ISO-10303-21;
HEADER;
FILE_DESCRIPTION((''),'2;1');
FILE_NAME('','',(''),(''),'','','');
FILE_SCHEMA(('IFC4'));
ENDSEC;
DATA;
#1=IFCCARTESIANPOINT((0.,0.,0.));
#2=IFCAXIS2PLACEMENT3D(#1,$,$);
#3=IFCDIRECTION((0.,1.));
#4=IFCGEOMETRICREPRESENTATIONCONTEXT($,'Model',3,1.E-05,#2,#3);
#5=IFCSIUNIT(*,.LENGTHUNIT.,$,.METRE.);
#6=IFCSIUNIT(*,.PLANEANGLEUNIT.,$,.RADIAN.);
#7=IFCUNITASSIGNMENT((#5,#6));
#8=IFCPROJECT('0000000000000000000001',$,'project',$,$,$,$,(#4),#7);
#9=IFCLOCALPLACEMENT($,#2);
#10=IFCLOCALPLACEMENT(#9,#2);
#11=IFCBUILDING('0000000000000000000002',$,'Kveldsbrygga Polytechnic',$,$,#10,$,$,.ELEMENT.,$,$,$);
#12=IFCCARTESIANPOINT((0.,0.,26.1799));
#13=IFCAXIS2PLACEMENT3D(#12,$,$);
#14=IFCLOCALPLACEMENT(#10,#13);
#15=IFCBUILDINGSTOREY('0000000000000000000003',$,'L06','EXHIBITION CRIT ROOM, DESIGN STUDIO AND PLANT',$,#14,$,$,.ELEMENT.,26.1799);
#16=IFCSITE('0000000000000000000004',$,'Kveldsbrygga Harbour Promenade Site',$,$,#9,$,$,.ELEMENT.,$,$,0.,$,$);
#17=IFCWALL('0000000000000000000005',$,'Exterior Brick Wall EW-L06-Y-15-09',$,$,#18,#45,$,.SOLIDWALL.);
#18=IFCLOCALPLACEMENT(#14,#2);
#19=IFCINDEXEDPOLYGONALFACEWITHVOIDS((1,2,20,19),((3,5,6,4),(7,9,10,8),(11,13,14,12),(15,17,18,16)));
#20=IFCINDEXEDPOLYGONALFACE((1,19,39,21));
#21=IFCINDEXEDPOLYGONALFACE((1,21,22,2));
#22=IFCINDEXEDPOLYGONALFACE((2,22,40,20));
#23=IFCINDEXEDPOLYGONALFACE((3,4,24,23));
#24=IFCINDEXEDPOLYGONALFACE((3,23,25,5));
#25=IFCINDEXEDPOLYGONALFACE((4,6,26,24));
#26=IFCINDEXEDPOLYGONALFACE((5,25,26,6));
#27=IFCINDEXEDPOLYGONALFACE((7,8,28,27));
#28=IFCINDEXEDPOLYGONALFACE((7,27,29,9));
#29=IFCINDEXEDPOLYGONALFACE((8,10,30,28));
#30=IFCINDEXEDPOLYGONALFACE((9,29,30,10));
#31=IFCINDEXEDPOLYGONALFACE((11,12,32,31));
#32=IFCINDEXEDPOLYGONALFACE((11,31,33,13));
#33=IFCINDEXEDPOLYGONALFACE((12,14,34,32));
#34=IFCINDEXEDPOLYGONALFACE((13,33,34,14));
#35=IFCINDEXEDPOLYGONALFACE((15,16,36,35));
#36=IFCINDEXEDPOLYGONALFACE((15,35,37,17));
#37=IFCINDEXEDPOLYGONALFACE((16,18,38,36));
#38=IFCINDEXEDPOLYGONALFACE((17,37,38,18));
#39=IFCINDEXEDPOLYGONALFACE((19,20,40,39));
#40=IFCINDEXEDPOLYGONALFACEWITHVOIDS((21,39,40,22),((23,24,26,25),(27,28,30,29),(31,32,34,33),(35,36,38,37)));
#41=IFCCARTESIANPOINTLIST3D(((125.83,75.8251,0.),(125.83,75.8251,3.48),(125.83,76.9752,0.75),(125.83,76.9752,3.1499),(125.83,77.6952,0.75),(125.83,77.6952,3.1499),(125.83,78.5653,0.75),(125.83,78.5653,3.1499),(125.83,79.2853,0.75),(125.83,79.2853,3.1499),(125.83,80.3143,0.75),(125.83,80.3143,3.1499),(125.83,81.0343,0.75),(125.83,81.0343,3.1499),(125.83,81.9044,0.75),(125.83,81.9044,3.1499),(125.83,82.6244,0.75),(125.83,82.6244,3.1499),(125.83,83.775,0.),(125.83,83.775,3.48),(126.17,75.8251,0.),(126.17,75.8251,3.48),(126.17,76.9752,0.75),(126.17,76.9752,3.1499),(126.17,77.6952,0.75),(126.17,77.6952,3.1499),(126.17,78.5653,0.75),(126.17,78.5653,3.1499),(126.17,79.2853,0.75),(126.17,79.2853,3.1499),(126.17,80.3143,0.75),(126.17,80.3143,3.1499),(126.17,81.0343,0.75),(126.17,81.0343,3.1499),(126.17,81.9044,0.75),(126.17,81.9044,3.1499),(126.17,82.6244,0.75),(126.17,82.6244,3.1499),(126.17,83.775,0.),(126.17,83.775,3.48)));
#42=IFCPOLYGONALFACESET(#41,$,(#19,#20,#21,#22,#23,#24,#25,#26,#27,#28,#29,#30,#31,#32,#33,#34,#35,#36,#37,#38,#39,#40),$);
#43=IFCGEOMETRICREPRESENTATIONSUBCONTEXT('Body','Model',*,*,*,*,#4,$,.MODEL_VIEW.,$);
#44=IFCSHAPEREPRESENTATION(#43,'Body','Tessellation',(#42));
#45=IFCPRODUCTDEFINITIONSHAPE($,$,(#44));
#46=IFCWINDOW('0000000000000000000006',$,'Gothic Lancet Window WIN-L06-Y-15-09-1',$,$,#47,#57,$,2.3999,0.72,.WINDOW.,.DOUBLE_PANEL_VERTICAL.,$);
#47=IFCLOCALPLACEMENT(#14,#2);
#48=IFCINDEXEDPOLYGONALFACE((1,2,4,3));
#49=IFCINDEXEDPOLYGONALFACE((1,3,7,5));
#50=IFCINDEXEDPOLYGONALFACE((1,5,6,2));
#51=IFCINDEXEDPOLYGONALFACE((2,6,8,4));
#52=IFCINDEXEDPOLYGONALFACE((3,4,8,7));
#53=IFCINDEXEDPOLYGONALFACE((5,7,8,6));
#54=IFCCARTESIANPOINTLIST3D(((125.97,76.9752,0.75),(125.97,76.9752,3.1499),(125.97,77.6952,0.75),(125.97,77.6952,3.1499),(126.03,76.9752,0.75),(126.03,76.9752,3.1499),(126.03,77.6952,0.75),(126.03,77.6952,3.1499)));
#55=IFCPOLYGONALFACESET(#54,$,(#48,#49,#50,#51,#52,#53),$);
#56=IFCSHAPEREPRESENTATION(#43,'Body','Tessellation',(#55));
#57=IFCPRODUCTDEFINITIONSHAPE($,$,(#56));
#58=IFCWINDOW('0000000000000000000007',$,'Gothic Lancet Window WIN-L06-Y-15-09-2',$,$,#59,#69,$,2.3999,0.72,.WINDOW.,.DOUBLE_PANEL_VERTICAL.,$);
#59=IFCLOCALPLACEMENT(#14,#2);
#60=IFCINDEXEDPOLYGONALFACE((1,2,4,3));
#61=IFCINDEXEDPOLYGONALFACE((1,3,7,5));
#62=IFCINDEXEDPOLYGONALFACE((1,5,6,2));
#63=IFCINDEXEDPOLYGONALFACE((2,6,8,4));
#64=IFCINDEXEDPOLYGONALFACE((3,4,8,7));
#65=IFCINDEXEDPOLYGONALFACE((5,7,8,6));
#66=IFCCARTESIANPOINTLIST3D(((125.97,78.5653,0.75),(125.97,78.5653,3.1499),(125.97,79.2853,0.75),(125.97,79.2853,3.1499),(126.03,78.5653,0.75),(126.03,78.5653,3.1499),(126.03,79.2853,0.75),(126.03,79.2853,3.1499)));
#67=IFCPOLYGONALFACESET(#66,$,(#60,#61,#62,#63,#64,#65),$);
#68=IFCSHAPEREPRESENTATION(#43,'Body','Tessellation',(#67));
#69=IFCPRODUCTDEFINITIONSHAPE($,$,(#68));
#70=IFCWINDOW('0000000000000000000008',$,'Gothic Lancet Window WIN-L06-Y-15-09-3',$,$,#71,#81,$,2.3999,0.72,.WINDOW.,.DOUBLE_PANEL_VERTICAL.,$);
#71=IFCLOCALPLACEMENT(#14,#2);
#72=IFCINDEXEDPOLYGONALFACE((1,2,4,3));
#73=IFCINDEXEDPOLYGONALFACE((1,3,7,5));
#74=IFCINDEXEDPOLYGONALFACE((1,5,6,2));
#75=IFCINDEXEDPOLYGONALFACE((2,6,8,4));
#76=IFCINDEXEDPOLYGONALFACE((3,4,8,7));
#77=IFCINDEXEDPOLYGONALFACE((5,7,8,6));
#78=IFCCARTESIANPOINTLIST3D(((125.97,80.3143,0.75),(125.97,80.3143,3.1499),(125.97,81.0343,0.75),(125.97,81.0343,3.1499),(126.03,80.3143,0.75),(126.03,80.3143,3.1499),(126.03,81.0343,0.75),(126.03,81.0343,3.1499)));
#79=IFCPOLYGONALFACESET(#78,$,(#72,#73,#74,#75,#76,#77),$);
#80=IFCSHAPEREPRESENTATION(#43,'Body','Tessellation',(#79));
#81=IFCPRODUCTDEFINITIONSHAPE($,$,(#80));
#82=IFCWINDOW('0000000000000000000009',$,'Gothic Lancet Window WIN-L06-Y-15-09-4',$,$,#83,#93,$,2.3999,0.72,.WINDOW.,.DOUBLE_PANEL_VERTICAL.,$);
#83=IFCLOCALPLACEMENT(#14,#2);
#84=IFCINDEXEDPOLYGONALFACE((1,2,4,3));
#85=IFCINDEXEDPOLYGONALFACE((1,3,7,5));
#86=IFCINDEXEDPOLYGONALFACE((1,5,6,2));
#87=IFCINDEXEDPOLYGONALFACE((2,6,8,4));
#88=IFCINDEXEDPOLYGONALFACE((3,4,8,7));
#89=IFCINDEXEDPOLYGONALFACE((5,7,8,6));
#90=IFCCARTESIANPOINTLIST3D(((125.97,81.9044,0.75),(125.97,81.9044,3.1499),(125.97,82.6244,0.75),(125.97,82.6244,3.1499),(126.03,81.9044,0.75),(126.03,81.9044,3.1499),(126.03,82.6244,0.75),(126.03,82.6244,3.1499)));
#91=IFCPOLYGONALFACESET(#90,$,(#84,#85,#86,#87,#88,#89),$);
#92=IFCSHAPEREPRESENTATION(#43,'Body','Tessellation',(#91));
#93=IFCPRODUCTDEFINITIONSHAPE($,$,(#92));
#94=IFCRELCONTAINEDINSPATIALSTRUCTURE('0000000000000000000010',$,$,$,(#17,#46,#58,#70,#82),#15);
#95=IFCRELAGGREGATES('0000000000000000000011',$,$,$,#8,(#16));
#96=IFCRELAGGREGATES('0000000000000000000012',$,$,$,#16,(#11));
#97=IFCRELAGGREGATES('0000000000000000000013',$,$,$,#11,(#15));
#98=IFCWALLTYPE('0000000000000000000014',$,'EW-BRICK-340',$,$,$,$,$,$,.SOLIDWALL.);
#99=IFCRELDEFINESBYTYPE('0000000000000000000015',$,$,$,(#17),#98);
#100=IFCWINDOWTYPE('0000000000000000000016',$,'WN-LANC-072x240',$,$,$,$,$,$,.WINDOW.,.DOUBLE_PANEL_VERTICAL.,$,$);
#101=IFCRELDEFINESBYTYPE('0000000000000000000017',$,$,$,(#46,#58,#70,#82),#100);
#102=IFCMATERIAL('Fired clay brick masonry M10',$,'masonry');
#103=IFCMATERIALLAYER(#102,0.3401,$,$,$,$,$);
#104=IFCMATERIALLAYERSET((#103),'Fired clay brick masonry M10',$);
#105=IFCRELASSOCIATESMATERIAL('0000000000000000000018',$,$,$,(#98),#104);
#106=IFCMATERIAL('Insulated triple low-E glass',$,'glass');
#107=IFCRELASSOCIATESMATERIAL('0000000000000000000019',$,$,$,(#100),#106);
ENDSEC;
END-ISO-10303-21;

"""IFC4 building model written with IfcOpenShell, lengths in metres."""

from ifc_helpers import new_model, si_unit, direction, frame, frame_2d, origin, place, context, subcontext, project, spatial, rectangle, extrude, material, layer, layer_set, type_object, element, fill, save


model = new_model("IFC4")

# Units and contexts
model_context = context("Model", 3, precision=1e-05, world=origin(), true_north=direction((0.0, 1.0)))
body_context = subcontext(model_context, "Body", "Model", "MODEL_VIEW")
ifc_project = project(units=[si_unit("LENGTHUNIT", "METRE"), si_unit("PLANEANGLEUNIT", "RADIAN")], contexts=[model_context])

# Site, building, storey
site_placement = place(None, origin())
site = spatial("IfcSite", under=ifc_project, at=site_placement, Name="Kveldsbrygga Harbour Promenade Site", CompositionType="ELEMENT", RefElevation=0.0)
building_placement = place(site_placement, origin())
building = spatial("IfcBuilding", under=site, at=building_placement, Name="Kveldsbrygga Polytechnic", CompositionType="ELEMENT")
storey_placement = place(building_placement, frame((0.0, 0.0, 26.1799)))
storey = spatial("IfcBuildingStorey", under=building, at=storey_placement, Name="L06", Description="EXHIBITION CRIT ROOM, DESIGN STUDIO AND PLANT", CompositionType="ELEMENT", Elevation=26.1799)

# Wall, openings, windows
ifc_material_1 = material(Name="Fired clay brick masonry M10", Category="masonry")
ifc_layer_1 = layer(ifc_material_1, 0.3401)
ifc_layer_set_1 = layer_set([ifc_layer_1], Name="Fired clay brick masonry M10")
wall_type = type_object("IfcWallType", Name="EW-BRICK-340", PredefinedType="SOLIDWALL", material=ifc_layer_set_1)
ifc_material_2 = material(Name="Insulated triple low-E glass", Category="glass")
wall_1_placement = place(storey_placement, frame((126.0, 75.825, 0.0), z_axis=(0.0, 0.0, 1.0), x_axis=(0.0, 1.0, 0.0)))
wall_1 = element("IfcWall", 1, at=wall_1_placement, inside=storey, type_object=wall_type, Name="Exterior Brick Wall EW-L06-Y-15-09", PredefinedType="SOLIDWALL", context=body_context, shape_type="SweptSolid", body=[
    extrude(rectangle(XDim=7.95, YDim=0.3401, at=frame_2d((3.9751, 0.0))), origin(), (0.0, 0.0, 1.0), 3.48),
])
opening_1_placement = place(wall_1_placement, frame((1.1504, 0.0, 0.75)))
opening_1 = element("IfcOpeningElement", 2, at=opening_1_placement, cuts=wall_1, PredefinedType="OPENING", context=body_context, shape_type="SweptSolid", body=[
    extrude(rectangle(XDim=0.72, YDim=2.3999, at=frame_2d((0.3599, 1.2))), frame((0.0, 0.1802, 0.0), z_axis=(0.0, -1.0, 0.0), x_axis=(1.0, 0.0, 0.0)), (0.0, 0.0, 1.0), 0.3601),
])
opening_2_placement = place(wall_1_placement, frame((2.7405, 0.0, 0.75)))
opening_2 = element("IfcOpeningElement", 3, at=opening_2_placement, cuts=wall_1, PredefinedType="OPENING", context=body_context, shape_type="SweptSolid", body=[
    extrude(rectangle(XDim=0.72, YDim=2.3999, at=frame_2d((0.3599, 1.2))), frame((0.0, 0.1802, 0.0), z_axis=(0.0, -1.0, 0.0), x_axis=(1.0, 0.0, 0.0)), (0.0, 0.0, 1.0), 0.3601),
])
opening_3_placement = place(wall_1_placement, frame((4.4895, 0.0, 0.75)))
opening_3 = element("IfcOpeningElement", 4, at=opening_3_placement, cuts=wall_1, PredefinedType="OPENING", context=body_context, shape_type="SweptSolid", body=[
    extrude(rectangle(XDim=0.72, YDim=2.3999, at=frame_2d((0.3599, 1.2))), frame((0.0, 0.1802, 0.0), z_axis=(0.0, -1.0, 0.0), x_axis=(1.0, 0.0, 0.0)), (0.0, 0.0, 1.0), 0.3601),
])
opening_4_placement = place(wall_1_placement, frame((6.0796, 0.0, 0.75)))
opening_4 = element("IfcOpeningElement", 5, at=opening_4_placement, cuts=wall_1, PredefinedType="OPENING", context=body_context, shape_type="SweptSolid", body=[
    extrude(rectangle(XDim=0.72, YDim=2.3999, at=frame_2d((0.3599, 1.2))), frame((0.0, 0.1802, 0.0), z_axis=(0.0, -1.0, 0.0), x_axis=(1.0, 0.0, 0.0)), (0.0, 0.0, 1.0), 0.3601),
])
window_type_1 = type_object("IfcWindowType", Name="WN-LANC-072x240", PartitioningType="DOUBLE_PANEL_VERTICAL", PredefinedType="WINDOW", material=ifc_material_2)
window_1_placement = place(opening_1_placement, origin())
window_1 = element("IfcWindow", 6, at=window_1_placement, inside=storey, type_object=window_type_1, Name="Gothic Lancet Window WIN-L06-Y-15-09-1", OverallHeight=2.3999, OverallWidth=0.72, PartitioningType="DOUBLE_PANEL_VERTICAL", PredefinedType="WINDOW", context=body_context, shape_type="SweptSolid", body=[
    extrude(rectangle(XDim=0.72, YDim=2.3999, at=frame_2d((0.3599, 1.2))), frame((0.0, 0.03, 0.0), z_axis=(0.0, -1.0, 0.0), x_axis=(1.0, 0.0, 0.0)), (0.0, 0.0, 1.0), 0.0601),
])
fill(opening_1, window_1)
window_2_placement = place(opening_2_placement, origin())
window_2 = element("IfcWindow", 7, at=window_2_placement, inside=storey, type_object=window_type_1, Name="Gothic Lancet Window WIN-L06-Y-15-09-2", OverallHeight=2.3999, OverallWidth=0.72, PartitioningType="DOUBLE_PANEL_VERTICAL", PredefinedType="WINDOW", context=body_context, shape_type="SweptSolid", body=[
    extrude(rectangle(XDim=0.72, YDim=2.3999, at=frame_2d((0.3599, 1.2))), frame((0.0, 0.03, 0.0), z_axis=(0.0, -1.0, 0.0), x_axis=(1.0, 0.0, 0.0)), (0.0, 0.0, 1.0), 0.0601),
])
fill(opening_2, window_2)
window_3_placement = place(opening_3_placement, origin())
window_3 = element("IfcWindow", 8, at=window_3_placement, inside=storey, type_object=window_type_1, Name="Gothic Lancet Window WIN-L06-Y-15-09-3", OverallHeight=2.3999, OverallWidth=0.72, PartitioningType="DOUBLE_PANEL_VERTICAL", PredefinedType="WINDOW", context=body_context, shape_type="SweptSolid", body=[
    extrude(rectangle(XDim=0.72, YDim=2.3999, at=frame_2d((0.3599, 1.2))), frame((0.0, 0.03, 0.0), z_axis=(0.0, -1.0, 0.0), x_axis=(1.0, 0.0, 0.0)), (0.0, 0.0, 1.0), 0.0601),
])
fill(opening_3, window_3)
window_4_placement = place(opening_4_placement, origin())
window_4 = element("IfcWindow", 9, at=window_4_placement, inside=storey, type_object=window_type_1, Name="Gothic Lancet Window WIN-L06-Y-15-09-4", OverallHeight=2.3999, OverallWidth=0.72, PartitioningType="DOUBLE_PANEL_VERTICAL", PredefinedType="WINDOW", context=body_context, shape_type="SweptSolid", body=[
    extrude(rectangle(XDim=0.72, YDim=2.3999, at=frame_2d((0.3599, 1.2))), frame((0.0, 0.03, 0.0), z_axis=(0.0, -1.0, 0.0), x_axis=(1.0, 0.0, 0.0)), (0.0, 0.0, 1.0), 0.0601),
])
fill(opening_4, window_4)

save(model, "model.ifc")
